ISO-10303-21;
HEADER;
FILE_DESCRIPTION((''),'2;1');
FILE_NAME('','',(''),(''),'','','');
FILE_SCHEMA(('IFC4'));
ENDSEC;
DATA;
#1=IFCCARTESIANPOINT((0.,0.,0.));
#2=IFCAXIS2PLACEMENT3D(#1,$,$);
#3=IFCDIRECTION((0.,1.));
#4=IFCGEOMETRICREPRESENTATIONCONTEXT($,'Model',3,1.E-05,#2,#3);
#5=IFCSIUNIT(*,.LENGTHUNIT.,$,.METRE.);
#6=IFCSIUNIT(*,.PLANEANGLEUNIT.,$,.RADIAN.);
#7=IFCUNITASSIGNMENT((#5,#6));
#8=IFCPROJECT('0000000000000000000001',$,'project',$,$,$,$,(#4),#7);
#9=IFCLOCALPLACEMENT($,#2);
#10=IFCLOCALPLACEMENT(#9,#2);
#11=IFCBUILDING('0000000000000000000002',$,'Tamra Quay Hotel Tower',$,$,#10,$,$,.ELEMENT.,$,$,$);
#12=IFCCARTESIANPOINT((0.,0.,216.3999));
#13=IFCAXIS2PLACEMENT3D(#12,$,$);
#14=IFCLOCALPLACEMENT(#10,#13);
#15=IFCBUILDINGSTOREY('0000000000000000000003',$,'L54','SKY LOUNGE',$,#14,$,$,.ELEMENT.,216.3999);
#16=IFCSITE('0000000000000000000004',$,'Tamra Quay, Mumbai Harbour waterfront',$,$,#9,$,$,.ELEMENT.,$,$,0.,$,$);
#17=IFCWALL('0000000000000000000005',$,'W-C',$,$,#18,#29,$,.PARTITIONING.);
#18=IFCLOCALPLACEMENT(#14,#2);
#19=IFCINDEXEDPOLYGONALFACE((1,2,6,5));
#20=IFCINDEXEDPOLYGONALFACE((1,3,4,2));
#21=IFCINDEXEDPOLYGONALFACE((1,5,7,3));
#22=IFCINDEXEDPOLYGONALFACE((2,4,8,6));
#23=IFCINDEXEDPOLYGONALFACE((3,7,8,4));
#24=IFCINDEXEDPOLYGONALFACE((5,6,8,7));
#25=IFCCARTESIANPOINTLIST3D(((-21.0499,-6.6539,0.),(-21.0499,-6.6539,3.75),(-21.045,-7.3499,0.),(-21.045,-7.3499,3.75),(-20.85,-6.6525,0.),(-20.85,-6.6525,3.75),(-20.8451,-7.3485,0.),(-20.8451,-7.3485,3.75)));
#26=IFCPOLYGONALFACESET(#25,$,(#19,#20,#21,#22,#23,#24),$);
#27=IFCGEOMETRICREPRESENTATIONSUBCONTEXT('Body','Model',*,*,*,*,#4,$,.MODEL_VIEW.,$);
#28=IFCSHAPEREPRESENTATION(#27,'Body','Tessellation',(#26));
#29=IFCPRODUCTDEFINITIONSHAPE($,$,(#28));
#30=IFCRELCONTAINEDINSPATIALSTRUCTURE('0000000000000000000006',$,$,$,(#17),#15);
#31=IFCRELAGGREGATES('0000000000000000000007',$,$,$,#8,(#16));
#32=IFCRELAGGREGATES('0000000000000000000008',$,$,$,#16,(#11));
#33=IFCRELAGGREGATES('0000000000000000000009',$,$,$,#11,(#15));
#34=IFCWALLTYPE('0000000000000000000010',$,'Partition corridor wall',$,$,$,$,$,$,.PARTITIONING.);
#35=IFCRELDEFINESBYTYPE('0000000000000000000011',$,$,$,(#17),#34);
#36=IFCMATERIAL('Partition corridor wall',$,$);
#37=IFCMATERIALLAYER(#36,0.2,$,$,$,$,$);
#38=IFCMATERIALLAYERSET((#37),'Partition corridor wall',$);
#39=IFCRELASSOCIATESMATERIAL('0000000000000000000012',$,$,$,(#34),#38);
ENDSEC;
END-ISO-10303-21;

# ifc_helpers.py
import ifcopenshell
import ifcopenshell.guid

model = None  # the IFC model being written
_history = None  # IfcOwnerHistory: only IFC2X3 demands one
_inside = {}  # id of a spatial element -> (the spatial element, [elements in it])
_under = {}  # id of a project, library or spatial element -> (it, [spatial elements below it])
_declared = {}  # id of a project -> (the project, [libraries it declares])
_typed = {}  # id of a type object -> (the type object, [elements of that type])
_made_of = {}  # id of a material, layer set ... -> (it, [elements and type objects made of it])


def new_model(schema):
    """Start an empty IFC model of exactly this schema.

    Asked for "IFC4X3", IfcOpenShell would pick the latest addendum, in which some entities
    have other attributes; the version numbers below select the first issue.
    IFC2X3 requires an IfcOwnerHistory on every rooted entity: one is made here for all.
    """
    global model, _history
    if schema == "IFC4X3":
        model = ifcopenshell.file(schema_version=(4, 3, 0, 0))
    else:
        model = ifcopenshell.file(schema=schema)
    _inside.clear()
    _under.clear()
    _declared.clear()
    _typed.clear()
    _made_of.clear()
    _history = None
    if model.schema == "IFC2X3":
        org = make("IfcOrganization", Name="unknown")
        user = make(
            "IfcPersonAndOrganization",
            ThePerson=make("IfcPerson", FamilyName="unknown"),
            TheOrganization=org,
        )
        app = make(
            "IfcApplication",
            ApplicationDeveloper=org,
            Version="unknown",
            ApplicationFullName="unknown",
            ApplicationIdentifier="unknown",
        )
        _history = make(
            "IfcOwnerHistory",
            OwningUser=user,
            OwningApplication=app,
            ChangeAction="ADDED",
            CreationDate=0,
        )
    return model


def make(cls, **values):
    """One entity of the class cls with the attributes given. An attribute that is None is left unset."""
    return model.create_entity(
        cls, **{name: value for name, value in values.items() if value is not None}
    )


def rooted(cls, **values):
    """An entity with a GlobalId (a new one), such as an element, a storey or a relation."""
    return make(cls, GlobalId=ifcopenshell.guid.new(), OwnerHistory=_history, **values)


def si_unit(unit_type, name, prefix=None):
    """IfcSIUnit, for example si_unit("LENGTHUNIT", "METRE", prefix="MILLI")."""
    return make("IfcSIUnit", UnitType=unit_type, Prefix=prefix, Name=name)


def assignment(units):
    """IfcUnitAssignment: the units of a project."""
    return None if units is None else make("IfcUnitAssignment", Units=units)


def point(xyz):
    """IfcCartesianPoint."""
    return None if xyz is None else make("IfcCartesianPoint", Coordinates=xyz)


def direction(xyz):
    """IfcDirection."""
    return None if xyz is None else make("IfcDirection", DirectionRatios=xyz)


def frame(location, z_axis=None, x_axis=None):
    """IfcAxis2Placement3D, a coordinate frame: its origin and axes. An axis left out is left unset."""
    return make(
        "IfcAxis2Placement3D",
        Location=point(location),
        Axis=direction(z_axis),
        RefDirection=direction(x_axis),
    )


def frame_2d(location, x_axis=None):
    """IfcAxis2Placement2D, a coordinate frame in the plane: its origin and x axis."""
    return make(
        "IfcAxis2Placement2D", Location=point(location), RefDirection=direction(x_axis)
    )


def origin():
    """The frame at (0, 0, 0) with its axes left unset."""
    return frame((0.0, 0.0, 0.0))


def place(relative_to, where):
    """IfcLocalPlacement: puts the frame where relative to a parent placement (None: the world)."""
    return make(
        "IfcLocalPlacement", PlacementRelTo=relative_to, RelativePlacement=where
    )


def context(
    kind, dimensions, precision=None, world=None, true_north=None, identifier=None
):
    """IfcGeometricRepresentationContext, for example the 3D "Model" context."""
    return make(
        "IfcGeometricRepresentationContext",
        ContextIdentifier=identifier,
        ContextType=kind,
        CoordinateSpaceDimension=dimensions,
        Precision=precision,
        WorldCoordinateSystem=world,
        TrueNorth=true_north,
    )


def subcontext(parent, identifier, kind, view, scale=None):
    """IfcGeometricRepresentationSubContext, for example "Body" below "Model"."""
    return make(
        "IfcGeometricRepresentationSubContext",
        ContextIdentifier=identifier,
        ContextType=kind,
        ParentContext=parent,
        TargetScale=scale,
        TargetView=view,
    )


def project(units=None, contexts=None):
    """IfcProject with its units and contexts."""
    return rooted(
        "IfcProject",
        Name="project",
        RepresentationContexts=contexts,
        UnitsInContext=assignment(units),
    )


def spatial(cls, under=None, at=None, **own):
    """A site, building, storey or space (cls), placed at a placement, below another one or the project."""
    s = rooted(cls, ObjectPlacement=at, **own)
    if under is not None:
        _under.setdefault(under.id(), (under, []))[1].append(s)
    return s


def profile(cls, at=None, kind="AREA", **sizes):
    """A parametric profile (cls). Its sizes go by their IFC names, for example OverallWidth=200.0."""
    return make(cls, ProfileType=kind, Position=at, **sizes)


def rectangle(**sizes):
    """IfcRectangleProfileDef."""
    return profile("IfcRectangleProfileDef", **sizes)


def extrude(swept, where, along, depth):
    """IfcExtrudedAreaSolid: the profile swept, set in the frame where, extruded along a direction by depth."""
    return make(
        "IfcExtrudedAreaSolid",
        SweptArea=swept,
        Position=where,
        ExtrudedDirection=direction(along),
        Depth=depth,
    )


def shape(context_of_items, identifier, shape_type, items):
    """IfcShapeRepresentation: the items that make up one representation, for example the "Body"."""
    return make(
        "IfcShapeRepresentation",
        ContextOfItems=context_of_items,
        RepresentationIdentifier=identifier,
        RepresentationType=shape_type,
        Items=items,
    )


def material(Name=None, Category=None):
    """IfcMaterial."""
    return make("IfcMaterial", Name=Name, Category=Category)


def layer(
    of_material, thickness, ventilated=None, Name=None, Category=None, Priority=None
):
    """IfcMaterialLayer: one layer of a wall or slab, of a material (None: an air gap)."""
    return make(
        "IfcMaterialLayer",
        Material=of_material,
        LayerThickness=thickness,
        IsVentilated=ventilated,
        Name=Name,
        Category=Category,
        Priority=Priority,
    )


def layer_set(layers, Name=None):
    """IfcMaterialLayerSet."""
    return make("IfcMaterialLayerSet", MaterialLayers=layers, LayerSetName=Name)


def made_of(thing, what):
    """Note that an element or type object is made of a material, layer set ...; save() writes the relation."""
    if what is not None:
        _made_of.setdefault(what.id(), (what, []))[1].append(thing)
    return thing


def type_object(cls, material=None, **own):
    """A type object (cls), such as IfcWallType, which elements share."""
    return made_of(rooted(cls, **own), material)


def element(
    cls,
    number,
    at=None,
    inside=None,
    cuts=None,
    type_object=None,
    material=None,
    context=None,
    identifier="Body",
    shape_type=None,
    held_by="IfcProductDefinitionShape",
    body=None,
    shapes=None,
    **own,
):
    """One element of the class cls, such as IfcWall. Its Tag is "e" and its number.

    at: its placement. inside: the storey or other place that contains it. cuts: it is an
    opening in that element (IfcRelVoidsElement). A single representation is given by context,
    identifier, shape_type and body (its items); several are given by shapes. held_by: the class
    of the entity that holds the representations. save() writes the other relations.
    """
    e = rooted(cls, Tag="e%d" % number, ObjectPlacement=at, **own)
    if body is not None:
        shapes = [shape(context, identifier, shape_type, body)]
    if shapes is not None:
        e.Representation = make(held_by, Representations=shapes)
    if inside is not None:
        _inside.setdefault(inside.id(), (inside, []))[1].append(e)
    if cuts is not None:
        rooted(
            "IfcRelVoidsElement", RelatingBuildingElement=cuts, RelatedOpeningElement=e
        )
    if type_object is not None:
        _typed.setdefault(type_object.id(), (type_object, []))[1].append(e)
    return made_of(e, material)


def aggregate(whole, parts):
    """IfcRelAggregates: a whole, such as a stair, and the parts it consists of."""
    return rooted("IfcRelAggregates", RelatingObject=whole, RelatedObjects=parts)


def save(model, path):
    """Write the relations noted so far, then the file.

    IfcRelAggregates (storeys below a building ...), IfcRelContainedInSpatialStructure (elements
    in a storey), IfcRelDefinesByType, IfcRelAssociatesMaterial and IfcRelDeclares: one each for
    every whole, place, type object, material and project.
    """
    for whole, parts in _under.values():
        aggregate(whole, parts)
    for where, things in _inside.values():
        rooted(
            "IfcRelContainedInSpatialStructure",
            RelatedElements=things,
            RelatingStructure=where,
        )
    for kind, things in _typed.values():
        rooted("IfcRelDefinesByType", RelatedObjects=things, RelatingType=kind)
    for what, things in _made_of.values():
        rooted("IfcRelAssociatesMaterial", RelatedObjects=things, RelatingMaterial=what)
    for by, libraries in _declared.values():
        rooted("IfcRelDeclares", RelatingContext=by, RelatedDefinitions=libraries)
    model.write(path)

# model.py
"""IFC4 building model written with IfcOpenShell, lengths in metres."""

from ifc_helpers import new_model, si_unit, direction, frame, frame_2d, origin, place, context, subcontext, project, spatial, rectangle, extrude, material, layer, layer_set, type_object, element, save


model = new_model("IFC4")

# Units and contexts
model_context = context("Model", 3, precision=1e-05, world=origin(), true_north=direction((0.0, 1.0)))
body_context = subcontext(model_context, "Body", "Model", "MODEL_VIEW")
ifc_project = project(units=[si_unit("LENGTHUNIT", "METRE"), si_unit("PLANEANGLEUNIT", "RADIAN")], contexts=[model_context])

# Site, building, storey
site_placement = place(None, origin())
site = spatial("IfcSite", under=ifc_project, at=site_placement, Name="Tamra Quay, Mumbai Harbour waterfront", CompositionType="ELEMENT", RefElevation=0.0)
building_placement = place(site_placement, origin())
building = spatial("IfcBuilding", under=site, at=building_placement, Name="Tamra Quay Hotel Tower", CompositionType="ELEMENT")
storey_placement = place(building_placement, frame((0.0, 0.0, 216.3999)))
storey = spatial("IfcBuildingStorey", under=building, at=storey_placement, Name="L54", Description="SKY LOUNGE", CompositionType="ELEMENT", Elevation=216.3999)

# Wall
ifc_material_1 = material(Name="Partition corridor wall")
ifc_layer_1 = layer(ifc_material_1, 0.2)
ifc_layer_set_1 = layer_set([ifc_layer_1], Name="Partition corridor wall")
wall_type_1 = type_object("IfcWallType", Name="Partition corridor wall", PredefinedType="PARTITIONING", material=ifc_layer_set_1)
wall_1_placement = place(storey_placement, frame((-20.95, -6.6531, 0.0), z_axis=(0.0, 0.0, 1.0), x_axis=(0.007015, -0.999975, 0.0)))
element("IfcWall", 1, at=wall_1_placement, inside=storey, type_object=wall_type_1, Name="W-C", PredefinedType="PARTITIONING", context=body_context, shape_type="SweptSolid", body=[
    extrude(rectangle(XDim=0.696, YDim=0.2, at=frame_2d((0.3481, 0.0))), origin(), (0.0, 0.0, 1.0), 3.75),
])

save(model, "model.ifc")
